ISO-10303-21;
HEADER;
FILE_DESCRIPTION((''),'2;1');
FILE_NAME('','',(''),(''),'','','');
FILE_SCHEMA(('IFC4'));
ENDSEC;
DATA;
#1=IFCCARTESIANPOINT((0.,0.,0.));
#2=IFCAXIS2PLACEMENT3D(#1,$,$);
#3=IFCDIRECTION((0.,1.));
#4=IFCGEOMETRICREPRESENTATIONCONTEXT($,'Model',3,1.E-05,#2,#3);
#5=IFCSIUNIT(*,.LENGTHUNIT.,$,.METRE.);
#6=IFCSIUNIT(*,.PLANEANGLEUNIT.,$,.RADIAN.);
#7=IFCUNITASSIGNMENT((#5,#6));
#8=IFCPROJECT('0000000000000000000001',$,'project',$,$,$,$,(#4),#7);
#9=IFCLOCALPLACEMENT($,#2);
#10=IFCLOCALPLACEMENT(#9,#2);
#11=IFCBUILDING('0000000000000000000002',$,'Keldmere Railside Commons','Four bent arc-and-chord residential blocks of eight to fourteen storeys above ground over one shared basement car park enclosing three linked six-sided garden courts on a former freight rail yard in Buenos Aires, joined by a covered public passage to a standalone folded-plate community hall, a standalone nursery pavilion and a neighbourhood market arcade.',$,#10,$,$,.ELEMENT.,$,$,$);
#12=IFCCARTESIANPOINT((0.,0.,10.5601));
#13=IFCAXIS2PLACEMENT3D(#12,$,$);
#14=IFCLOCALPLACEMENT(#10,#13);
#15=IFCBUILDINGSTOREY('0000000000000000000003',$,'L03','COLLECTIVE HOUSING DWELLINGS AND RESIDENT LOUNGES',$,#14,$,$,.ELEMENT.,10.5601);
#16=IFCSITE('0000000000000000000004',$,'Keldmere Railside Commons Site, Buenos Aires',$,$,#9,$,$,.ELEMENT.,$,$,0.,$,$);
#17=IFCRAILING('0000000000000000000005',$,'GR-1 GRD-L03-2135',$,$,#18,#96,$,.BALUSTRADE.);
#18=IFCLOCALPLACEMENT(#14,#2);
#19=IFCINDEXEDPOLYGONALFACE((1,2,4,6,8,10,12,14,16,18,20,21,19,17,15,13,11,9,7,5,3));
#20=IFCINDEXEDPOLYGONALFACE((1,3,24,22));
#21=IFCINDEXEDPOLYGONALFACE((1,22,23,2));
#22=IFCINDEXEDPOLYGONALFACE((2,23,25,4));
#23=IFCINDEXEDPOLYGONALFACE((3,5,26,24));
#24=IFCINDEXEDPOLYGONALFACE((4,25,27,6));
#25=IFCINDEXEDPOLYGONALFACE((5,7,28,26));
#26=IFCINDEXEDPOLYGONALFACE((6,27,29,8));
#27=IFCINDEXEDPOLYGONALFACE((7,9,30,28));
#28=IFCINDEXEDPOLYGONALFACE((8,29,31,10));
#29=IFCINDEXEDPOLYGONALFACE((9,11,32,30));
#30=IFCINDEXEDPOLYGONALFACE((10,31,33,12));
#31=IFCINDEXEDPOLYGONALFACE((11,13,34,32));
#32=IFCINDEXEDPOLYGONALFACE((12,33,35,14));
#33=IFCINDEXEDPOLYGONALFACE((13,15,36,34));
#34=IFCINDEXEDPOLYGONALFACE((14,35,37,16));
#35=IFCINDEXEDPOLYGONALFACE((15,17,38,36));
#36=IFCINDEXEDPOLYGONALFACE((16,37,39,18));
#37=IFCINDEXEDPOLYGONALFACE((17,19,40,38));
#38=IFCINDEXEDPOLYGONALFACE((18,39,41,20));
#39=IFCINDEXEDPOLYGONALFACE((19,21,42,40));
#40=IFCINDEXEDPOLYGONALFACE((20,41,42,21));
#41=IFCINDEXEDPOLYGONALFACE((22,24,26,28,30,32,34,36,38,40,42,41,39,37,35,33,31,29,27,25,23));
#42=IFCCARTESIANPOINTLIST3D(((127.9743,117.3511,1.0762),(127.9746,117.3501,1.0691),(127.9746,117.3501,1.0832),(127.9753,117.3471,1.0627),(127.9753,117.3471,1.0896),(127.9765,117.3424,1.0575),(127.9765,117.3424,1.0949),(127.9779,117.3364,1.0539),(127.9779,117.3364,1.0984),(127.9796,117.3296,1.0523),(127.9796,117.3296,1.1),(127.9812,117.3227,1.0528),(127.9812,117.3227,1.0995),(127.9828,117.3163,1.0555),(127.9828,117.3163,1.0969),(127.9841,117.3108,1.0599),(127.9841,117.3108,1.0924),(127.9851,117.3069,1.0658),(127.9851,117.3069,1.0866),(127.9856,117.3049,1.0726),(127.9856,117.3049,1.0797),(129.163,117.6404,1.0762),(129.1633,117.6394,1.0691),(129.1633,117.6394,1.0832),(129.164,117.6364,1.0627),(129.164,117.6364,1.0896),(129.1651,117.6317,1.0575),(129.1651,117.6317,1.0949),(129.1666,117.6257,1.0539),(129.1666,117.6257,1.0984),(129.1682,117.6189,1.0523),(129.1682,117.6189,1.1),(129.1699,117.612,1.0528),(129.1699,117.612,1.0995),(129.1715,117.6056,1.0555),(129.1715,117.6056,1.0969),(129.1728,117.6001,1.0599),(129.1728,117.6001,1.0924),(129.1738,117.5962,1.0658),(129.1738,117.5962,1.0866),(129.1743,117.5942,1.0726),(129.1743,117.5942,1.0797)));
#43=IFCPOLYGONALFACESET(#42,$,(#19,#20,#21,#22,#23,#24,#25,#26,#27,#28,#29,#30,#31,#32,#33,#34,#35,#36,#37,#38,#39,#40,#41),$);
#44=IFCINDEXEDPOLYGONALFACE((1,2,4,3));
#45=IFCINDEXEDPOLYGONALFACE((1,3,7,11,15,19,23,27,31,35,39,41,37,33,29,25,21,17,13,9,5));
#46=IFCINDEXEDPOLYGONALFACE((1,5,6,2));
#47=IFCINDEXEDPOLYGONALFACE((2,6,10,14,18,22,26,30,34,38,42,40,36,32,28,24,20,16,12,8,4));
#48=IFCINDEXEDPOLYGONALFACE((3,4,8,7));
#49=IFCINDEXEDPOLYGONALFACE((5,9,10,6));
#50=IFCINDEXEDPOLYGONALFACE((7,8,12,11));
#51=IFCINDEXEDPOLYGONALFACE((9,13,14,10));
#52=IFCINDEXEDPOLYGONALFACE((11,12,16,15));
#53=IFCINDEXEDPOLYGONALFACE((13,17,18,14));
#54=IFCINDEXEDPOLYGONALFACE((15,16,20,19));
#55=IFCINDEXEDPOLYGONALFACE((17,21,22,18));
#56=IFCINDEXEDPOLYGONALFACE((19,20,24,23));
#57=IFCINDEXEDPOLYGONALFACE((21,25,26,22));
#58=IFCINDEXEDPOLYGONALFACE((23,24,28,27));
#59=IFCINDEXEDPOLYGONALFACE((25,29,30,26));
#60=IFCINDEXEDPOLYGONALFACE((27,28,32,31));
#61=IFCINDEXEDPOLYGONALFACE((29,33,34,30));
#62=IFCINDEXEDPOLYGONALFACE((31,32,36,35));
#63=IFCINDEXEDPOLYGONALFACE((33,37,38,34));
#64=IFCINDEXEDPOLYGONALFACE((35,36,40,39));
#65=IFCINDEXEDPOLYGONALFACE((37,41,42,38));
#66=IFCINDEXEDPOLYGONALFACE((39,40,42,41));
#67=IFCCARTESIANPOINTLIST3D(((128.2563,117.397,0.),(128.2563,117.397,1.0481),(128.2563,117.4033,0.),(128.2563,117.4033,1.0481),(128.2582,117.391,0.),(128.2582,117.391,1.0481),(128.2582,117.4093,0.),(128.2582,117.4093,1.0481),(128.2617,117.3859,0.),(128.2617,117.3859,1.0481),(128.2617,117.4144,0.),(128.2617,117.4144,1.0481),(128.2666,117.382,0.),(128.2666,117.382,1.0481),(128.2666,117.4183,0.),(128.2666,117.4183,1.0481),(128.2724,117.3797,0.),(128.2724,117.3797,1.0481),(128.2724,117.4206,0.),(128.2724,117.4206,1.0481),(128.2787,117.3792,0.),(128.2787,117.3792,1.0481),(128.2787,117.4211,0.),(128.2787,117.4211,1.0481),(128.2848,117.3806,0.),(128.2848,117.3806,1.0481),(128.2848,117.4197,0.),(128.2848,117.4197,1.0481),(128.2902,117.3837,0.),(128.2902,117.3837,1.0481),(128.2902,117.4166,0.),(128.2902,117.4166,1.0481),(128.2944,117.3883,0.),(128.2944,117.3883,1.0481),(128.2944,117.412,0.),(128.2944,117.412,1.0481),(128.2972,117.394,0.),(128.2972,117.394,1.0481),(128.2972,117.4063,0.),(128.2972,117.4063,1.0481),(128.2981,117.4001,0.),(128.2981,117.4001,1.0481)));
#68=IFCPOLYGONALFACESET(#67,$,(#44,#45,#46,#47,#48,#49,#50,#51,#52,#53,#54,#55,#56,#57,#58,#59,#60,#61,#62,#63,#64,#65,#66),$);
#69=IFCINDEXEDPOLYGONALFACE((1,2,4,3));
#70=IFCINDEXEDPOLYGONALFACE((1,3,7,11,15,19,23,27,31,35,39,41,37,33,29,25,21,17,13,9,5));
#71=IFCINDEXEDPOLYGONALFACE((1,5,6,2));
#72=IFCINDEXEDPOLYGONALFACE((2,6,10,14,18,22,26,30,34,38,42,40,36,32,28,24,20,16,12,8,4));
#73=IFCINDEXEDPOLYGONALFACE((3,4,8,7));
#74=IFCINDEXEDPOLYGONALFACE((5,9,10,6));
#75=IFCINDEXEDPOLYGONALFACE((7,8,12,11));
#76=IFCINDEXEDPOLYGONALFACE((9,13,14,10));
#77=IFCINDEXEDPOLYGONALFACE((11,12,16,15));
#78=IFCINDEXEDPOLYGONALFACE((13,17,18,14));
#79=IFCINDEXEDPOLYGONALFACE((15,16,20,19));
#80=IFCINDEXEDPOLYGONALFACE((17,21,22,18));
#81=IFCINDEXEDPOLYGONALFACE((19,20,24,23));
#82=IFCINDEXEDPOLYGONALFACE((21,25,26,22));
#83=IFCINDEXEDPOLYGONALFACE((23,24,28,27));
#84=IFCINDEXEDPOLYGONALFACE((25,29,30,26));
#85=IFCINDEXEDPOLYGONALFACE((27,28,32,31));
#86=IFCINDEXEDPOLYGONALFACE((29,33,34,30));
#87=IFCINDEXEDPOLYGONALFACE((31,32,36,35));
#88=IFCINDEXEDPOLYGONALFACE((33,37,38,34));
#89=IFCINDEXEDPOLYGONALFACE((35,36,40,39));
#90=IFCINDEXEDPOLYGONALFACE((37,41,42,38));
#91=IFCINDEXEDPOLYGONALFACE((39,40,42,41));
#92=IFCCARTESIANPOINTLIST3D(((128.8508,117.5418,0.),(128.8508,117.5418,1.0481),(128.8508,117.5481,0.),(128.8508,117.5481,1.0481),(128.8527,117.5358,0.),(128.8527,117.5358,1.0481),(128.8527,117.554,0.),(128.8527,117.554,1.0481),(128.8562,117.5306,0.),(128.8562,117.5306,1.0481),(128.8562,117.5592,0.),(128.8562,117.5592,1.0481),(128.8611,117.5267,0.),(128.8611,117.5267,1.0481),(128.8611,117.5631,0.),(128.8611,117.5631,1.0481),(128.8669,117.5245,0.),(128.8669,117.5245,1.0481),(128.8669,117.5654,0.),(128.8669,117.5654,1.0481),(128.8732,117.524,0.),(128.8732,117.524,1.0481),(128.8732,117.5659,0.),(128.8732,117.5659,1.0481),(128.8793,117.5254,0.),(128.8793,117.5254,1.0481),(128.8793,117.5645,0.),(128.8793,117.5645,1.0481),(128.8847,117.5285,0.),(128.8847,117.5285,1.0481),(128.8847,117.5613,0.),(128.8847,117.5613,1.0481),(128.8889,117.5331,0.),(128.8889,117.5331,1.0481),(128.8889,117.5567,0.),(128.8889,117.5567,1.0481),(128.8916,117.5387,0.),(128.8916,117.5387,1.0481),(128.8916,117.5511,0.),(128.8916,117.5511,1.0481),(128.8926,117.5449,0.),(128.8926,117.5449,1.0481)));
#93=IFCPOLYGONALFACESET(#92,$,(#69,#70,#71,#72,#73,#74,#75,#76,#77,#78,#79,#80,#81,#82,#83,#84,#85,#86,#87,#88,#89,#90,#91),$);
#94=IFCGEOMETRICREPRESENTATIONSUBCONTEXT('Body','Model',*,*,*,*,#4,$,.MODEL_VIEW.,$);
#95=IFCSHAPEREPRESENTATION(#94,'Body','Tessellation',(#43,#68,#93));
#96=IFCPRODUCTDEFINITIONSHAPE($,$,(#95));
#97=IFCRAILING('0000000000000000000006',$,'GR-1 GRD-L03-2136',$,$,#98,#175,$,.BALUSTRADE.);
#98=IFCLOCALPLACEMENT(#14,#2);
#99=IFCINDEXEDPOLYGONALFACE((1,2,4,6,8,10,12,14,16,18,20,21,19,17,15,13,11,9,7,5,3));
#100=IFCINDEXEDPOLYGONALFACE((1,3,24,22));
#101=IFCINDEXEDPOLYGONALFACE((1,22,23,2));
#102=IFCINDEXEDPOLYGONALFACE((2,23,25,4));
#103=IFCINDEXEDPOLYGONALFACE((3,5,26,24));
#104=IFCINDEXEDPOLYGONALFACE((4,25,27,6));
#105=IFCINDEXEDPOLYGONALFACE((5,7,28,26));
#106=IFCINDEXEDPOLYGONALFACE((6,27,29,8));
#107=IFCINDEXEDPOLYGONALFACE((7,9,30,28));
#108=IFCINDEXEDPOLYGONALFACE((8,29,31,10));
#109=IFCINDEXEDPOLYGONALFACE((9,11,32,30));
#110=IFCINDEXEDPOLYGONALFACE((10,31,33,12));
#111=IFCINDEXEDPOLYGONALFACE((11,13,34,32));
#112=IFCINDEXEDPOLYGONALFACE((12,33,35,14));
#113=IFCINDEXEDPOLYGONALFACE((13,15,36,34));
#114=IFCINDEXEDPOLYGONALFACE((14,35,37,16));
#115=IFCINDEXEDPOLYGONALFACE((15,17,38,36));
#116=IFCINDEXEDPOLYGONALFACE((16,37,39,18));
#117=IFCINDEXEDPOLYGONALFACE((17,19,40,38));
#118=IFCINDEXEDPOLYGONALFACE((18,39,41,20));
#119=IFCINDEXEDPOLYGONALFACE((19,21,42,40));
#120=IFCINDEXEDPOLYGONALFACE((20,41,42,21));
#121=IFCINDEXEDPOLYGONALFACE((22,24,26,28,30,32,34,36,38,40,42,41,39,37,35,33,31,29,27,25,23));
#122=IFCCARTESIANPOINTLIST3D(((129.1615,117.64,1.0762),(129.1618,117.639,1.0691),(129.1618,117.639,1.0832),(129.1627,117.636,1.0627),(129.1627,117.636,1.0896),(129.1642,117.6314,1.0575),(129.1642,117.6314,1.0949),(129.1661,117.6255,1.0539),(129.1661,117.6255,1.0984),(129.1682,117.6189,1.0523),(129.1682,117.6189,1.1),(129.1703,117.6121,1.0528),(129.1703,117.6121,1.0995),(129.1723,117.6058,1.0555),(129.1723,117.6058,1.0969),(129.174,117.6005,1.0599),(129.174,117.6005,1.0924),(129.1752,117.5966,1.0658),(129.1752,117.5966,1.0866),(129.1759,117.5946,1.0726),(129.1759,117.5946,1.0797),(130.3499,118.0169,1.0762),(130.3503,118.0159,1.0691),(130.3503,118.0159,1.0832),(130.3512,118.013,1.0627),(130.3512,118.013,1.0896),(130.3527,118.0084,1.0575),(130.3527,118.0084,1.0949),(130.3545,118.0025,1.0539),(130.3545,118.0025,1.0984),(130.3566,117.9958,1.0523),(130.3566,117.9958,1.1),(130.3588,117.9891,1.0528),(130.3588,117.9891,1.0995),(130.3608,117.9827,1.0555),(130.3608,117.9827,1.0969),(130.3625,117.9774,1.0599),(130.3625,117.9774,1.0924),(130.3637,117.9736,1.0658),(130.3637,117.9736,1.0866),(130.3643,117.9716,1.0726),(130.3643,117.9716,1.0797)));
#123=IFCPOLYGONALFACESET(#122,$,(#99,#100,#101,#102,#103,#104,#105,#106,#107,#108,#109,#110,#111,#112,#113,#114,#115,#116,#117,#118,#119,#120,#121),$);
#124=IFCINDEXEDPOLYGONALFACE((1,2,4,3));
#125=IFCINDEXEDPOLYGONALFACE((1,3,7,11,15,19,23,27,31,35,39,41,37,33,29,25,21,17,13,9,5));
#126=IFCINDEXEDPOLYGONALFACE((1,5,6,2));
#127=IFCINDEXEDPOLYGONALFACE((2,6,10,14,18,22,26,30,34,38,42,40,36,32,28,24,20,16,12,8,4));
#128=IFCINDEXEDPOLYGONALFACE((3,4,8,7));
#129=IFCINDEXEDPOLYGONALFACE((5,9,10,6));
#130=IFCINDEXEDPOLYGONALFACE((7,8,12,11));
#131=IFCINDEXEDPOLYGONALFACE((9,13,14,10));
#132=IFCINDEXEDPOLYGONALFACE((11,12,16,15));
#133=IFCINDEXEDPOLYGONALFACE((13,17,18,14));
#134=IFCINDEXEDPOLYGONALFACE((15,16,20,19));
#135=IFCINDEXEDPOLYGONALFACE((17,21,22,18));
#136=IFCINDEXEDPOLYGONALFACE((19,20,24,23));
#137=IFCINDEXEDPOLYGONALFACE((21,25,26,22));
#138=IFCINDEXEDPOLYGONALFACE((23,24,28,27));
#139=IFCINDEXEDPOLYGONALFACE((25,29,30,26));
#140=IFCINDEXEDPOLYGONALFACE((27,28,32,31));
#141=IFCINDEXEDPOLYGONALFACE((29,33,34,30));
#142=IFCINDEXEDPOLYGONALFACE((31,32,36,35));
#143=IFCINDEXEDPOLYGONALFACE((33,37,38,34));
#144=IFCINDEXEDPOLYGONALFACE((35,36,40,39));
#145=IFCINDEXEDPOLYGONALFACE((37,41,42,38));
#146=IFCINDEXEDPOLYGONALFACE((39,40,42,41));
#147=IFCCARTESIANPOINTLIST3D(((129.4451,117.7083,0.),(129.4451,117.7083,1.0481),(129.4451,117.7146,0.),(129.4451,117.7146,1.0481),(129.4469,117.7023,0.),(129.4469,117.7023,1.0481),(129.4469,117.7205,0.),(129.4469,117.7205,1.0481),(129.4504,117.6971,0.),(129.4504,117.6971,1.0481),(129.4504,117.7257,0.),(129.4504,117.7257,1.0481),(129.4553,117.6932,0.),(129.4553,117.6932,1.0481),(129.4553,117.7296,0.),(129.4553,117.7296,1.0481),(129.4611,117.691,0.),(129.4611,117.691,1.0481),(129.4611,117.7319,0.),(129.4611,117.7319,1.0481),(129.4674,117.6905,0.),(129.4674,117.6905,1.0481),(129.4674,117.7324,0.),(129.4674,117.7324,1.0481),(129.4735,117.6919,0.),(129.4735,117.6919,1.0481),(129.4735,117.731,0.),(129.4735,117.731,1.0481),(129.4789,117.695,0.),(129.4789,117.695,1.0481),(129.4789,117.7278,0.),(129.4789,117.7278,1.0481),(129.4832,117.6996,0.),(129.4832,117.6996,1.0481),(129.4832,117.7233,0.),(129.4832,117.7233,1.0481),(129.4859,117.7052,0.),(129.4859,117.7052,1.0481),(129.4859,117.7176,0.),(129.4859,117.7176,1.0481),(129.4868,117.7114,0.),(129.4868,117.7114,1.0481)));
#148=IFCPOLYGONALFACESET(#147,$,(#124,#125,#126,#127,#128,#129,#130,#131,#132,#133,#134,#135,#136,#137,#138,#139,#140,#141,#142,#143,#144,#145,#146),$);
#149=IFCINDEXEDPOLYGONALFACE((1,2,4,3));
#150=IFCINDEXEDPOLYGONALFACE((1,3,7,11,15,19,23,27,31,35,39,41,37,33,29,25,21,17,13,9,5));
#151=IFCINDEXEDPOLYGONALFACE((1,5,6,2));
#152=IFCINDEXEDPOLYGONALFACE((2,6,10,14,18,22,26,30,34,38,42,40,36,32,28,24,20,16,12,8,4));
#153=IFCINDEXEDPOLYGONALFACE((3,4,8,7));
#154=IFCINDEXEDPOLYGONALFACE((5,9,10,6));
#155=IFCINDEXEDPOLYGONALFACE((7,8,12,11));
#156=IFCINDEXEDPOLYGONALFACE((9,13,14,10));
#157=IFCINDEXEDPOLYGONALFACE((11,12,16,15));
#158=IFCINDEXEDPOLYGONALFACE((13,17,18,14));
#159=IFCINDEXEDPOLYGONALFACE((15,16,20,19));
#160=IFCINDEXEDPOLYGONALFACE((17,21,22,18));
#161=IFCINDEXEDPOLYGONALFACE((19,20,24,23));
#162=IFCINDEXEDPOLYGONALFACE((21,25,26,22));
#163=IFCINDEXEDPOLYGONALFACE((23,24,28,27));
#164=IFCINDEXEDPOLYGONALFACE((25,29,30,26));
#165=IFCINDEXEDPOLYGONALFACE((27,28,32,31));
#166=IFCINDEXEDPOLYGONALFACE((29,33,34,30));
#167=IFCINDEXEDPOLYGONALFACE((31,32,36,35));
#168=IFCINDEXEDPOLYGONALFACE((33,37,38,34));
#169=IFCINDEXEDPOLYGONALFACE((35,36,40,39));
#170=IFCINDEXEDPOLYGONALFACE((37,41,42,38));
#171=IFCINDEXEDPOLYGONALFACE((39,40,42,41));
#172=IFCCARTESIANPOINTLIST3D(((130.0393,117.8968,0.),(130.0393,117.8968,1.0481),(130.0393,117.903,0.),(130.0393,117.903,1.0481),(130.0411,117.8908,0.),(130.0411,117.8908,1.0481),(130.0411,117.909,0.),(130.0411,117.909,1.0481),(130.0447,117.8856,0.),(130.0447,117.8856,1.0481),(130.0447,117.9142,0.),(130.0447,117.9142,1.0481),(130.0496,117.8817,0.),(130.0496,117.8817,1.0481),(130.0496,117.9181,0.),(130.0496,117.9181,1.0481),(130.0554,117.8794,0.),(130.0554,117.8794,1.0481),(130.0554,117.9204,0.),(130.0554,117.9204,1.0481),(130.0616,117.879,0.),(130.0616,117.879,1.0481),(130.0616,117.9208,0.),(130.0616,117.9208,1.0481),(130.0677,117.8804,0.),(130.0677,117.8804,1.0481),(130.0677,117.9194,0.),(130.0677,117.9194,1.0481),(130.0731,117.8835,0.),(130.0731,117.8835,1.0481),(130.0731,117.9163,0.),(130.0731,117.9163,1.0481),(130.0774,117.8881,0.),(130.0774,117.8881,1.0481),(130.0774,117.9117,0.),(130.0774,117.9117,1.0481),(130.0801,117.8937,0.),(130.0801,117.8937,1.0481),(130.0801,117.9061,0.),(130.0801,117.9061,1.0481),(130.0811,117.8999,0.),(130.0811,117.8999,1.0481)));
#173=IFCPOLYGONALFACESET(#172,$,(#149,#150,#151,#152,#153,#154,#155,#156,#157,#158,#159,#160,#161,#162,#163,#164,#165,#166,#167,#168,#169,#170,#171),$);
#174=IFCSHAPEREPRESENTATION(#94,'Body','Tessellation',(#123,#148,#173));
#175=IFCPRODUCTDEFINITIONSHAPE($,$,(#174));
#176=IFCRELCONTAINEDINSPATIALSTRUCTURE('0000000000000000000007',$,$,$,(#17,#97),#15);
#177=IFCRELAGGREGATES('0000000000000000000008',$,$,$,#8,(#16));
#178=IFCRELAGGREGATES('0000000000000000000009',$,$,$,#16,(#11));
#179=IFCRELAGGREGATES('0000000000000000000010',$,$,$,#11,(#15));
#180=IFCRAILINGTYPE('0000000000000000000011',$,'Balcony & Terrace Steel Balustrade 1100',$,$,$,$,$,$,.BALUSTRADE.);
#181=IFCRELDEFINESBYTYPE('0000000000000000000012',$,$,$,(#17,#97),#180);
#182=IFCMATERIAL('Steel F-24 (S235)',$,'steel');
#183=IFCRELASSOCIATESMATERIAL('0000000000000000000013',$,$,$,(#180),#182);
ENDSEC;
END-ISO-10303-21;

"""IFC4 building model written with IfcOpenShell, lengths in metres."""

from ifc_helpers import new_model, si_unit, direction, frame, origin, origin_2d, place, context, subcontext, project, spatial, circle, extrude, material, type_object, element, save


model = new_model("IFC4")

# Units and contexts
model_context = context("Model", 3, precision=1e-05, world=origin(), true_north=direction((0.0, 1.0)))
body_context = subcontext(model_context, "Body", "Model", "MODEL_VIEW")
ifc_project = project(units=[si_unit("LENGTHUNIT", "METRE"), si_unit("PLANEANGLEUNIT", "RADIAN")], contexts=[model_context])

# Site, building, storey
site_placement = place(None, origin())
site = spatial("IfcSite", under=ifc_project, at=site_placement, Name="Keldmere Railside Commons Site, Buenos Aires", CompositionType="ELEMENT", RefElevation=0.0)
building_placement = place(site_placement, origin())
building = spatial("IfcBuilding", under=site, at=building_placement, Name="Keldmere Railside Commons", Description="Four bent arc-and-chord residential blocks of eight to fourteen storeys above ground over one shared basement car park enclosing three linked six-sided garden courts on a former freight rail yard in Buenos Aires, joined by a covered public passage to a standalone folded-plate community hall, a standalone nursery pavilion and a neighbourhood market arcade.", CompositionType="ELEMENT")
storey_placement = place(building_placement, frame((0.0, 0.0, 10.5601)))
storey = spatial("IfcBuildingStorey", under=building, at=storey_placement, Name="L03", Description="COLLECTIVE HOUSING DWELLINGS AND RESIDENT LOUNGES", CompositionType="ELEMENT", Elevation=10.5601)

# Railings
ifc_material_1 = material(Name="Steel F-24 (S235)", Category="steel")
railing_type_1 = type_object("IfcRailingType", Name="Balcony & Terrace Steel Balustrade 1100", PredefinedType="BALUSTRADE", material=ifc_material_1)
railing_1_placement = place(storey_placement, frame((127.98, 117.3279, 0.0)))
element("IfcRailing", 1, at=railing_1_placement, inside=storey, type_object=railing_type_1, Name="GR-1 GRD-L03-2135", PredefinedType="BALUSTRADE", context=body_context, shape_type="SweptSolid", body=[
    extrude(circle(Radius=0.0239, at=origin_2d()), frame((0.0, 0.0, 1.0762), z_axis=(0.971638, 0.236474, 0.0), x_axis=(-0.236474, 0.971638, 0.0)), (0.0, 0.0, 1.0), 1.2234),
    extrude(circle(Radius=0.021, at=origin_2d()), frame((0.2971, 0.0723, 0.0)), (0.0, 0.0, 1.0), 1.0481),
    extrude(circle(Radius=0.021, at=origin_2d()), frame((0.8916, 0.217, 0.0)), (0.0, 0.0, 1.0), 1.0481),
])
railing_2_placement = place(storey_placement, frame((129.1687, 117.6172, 0.0)))
element("IfcRailing", 2, at=railing_2_placement, inside=storey, type_object=railing_type_1, Name="GR-1 GRD-L03-2136", PredefinedType="BALUSTRADE", context=body_context, shape_type="SweptSolid", body=[
    extrude(circle(Radius=0.0239, at=origin_2d()), frame((0.0, 0.0, 1.0762), z_axis=(0.953203, 0.302331, 0.0), x_axis=(-0.302331, 0.953203, 0.0)), (0.0, 0.0, 1.0), 1.2468),
    extrude(circle(Radius=0.021, at=origin_2d()), frame((0.2971, 0.0942, 0.0)), (0.0, 0.0, 1.0), 1.0481),
    extrude(circle(Radius=0.021, at=origin_2d()), frame((0.8914, 0.2827, 0.0)), (0.0, 0.0, 1.0), 1.0481),
])

save(model, "model.ifc")
